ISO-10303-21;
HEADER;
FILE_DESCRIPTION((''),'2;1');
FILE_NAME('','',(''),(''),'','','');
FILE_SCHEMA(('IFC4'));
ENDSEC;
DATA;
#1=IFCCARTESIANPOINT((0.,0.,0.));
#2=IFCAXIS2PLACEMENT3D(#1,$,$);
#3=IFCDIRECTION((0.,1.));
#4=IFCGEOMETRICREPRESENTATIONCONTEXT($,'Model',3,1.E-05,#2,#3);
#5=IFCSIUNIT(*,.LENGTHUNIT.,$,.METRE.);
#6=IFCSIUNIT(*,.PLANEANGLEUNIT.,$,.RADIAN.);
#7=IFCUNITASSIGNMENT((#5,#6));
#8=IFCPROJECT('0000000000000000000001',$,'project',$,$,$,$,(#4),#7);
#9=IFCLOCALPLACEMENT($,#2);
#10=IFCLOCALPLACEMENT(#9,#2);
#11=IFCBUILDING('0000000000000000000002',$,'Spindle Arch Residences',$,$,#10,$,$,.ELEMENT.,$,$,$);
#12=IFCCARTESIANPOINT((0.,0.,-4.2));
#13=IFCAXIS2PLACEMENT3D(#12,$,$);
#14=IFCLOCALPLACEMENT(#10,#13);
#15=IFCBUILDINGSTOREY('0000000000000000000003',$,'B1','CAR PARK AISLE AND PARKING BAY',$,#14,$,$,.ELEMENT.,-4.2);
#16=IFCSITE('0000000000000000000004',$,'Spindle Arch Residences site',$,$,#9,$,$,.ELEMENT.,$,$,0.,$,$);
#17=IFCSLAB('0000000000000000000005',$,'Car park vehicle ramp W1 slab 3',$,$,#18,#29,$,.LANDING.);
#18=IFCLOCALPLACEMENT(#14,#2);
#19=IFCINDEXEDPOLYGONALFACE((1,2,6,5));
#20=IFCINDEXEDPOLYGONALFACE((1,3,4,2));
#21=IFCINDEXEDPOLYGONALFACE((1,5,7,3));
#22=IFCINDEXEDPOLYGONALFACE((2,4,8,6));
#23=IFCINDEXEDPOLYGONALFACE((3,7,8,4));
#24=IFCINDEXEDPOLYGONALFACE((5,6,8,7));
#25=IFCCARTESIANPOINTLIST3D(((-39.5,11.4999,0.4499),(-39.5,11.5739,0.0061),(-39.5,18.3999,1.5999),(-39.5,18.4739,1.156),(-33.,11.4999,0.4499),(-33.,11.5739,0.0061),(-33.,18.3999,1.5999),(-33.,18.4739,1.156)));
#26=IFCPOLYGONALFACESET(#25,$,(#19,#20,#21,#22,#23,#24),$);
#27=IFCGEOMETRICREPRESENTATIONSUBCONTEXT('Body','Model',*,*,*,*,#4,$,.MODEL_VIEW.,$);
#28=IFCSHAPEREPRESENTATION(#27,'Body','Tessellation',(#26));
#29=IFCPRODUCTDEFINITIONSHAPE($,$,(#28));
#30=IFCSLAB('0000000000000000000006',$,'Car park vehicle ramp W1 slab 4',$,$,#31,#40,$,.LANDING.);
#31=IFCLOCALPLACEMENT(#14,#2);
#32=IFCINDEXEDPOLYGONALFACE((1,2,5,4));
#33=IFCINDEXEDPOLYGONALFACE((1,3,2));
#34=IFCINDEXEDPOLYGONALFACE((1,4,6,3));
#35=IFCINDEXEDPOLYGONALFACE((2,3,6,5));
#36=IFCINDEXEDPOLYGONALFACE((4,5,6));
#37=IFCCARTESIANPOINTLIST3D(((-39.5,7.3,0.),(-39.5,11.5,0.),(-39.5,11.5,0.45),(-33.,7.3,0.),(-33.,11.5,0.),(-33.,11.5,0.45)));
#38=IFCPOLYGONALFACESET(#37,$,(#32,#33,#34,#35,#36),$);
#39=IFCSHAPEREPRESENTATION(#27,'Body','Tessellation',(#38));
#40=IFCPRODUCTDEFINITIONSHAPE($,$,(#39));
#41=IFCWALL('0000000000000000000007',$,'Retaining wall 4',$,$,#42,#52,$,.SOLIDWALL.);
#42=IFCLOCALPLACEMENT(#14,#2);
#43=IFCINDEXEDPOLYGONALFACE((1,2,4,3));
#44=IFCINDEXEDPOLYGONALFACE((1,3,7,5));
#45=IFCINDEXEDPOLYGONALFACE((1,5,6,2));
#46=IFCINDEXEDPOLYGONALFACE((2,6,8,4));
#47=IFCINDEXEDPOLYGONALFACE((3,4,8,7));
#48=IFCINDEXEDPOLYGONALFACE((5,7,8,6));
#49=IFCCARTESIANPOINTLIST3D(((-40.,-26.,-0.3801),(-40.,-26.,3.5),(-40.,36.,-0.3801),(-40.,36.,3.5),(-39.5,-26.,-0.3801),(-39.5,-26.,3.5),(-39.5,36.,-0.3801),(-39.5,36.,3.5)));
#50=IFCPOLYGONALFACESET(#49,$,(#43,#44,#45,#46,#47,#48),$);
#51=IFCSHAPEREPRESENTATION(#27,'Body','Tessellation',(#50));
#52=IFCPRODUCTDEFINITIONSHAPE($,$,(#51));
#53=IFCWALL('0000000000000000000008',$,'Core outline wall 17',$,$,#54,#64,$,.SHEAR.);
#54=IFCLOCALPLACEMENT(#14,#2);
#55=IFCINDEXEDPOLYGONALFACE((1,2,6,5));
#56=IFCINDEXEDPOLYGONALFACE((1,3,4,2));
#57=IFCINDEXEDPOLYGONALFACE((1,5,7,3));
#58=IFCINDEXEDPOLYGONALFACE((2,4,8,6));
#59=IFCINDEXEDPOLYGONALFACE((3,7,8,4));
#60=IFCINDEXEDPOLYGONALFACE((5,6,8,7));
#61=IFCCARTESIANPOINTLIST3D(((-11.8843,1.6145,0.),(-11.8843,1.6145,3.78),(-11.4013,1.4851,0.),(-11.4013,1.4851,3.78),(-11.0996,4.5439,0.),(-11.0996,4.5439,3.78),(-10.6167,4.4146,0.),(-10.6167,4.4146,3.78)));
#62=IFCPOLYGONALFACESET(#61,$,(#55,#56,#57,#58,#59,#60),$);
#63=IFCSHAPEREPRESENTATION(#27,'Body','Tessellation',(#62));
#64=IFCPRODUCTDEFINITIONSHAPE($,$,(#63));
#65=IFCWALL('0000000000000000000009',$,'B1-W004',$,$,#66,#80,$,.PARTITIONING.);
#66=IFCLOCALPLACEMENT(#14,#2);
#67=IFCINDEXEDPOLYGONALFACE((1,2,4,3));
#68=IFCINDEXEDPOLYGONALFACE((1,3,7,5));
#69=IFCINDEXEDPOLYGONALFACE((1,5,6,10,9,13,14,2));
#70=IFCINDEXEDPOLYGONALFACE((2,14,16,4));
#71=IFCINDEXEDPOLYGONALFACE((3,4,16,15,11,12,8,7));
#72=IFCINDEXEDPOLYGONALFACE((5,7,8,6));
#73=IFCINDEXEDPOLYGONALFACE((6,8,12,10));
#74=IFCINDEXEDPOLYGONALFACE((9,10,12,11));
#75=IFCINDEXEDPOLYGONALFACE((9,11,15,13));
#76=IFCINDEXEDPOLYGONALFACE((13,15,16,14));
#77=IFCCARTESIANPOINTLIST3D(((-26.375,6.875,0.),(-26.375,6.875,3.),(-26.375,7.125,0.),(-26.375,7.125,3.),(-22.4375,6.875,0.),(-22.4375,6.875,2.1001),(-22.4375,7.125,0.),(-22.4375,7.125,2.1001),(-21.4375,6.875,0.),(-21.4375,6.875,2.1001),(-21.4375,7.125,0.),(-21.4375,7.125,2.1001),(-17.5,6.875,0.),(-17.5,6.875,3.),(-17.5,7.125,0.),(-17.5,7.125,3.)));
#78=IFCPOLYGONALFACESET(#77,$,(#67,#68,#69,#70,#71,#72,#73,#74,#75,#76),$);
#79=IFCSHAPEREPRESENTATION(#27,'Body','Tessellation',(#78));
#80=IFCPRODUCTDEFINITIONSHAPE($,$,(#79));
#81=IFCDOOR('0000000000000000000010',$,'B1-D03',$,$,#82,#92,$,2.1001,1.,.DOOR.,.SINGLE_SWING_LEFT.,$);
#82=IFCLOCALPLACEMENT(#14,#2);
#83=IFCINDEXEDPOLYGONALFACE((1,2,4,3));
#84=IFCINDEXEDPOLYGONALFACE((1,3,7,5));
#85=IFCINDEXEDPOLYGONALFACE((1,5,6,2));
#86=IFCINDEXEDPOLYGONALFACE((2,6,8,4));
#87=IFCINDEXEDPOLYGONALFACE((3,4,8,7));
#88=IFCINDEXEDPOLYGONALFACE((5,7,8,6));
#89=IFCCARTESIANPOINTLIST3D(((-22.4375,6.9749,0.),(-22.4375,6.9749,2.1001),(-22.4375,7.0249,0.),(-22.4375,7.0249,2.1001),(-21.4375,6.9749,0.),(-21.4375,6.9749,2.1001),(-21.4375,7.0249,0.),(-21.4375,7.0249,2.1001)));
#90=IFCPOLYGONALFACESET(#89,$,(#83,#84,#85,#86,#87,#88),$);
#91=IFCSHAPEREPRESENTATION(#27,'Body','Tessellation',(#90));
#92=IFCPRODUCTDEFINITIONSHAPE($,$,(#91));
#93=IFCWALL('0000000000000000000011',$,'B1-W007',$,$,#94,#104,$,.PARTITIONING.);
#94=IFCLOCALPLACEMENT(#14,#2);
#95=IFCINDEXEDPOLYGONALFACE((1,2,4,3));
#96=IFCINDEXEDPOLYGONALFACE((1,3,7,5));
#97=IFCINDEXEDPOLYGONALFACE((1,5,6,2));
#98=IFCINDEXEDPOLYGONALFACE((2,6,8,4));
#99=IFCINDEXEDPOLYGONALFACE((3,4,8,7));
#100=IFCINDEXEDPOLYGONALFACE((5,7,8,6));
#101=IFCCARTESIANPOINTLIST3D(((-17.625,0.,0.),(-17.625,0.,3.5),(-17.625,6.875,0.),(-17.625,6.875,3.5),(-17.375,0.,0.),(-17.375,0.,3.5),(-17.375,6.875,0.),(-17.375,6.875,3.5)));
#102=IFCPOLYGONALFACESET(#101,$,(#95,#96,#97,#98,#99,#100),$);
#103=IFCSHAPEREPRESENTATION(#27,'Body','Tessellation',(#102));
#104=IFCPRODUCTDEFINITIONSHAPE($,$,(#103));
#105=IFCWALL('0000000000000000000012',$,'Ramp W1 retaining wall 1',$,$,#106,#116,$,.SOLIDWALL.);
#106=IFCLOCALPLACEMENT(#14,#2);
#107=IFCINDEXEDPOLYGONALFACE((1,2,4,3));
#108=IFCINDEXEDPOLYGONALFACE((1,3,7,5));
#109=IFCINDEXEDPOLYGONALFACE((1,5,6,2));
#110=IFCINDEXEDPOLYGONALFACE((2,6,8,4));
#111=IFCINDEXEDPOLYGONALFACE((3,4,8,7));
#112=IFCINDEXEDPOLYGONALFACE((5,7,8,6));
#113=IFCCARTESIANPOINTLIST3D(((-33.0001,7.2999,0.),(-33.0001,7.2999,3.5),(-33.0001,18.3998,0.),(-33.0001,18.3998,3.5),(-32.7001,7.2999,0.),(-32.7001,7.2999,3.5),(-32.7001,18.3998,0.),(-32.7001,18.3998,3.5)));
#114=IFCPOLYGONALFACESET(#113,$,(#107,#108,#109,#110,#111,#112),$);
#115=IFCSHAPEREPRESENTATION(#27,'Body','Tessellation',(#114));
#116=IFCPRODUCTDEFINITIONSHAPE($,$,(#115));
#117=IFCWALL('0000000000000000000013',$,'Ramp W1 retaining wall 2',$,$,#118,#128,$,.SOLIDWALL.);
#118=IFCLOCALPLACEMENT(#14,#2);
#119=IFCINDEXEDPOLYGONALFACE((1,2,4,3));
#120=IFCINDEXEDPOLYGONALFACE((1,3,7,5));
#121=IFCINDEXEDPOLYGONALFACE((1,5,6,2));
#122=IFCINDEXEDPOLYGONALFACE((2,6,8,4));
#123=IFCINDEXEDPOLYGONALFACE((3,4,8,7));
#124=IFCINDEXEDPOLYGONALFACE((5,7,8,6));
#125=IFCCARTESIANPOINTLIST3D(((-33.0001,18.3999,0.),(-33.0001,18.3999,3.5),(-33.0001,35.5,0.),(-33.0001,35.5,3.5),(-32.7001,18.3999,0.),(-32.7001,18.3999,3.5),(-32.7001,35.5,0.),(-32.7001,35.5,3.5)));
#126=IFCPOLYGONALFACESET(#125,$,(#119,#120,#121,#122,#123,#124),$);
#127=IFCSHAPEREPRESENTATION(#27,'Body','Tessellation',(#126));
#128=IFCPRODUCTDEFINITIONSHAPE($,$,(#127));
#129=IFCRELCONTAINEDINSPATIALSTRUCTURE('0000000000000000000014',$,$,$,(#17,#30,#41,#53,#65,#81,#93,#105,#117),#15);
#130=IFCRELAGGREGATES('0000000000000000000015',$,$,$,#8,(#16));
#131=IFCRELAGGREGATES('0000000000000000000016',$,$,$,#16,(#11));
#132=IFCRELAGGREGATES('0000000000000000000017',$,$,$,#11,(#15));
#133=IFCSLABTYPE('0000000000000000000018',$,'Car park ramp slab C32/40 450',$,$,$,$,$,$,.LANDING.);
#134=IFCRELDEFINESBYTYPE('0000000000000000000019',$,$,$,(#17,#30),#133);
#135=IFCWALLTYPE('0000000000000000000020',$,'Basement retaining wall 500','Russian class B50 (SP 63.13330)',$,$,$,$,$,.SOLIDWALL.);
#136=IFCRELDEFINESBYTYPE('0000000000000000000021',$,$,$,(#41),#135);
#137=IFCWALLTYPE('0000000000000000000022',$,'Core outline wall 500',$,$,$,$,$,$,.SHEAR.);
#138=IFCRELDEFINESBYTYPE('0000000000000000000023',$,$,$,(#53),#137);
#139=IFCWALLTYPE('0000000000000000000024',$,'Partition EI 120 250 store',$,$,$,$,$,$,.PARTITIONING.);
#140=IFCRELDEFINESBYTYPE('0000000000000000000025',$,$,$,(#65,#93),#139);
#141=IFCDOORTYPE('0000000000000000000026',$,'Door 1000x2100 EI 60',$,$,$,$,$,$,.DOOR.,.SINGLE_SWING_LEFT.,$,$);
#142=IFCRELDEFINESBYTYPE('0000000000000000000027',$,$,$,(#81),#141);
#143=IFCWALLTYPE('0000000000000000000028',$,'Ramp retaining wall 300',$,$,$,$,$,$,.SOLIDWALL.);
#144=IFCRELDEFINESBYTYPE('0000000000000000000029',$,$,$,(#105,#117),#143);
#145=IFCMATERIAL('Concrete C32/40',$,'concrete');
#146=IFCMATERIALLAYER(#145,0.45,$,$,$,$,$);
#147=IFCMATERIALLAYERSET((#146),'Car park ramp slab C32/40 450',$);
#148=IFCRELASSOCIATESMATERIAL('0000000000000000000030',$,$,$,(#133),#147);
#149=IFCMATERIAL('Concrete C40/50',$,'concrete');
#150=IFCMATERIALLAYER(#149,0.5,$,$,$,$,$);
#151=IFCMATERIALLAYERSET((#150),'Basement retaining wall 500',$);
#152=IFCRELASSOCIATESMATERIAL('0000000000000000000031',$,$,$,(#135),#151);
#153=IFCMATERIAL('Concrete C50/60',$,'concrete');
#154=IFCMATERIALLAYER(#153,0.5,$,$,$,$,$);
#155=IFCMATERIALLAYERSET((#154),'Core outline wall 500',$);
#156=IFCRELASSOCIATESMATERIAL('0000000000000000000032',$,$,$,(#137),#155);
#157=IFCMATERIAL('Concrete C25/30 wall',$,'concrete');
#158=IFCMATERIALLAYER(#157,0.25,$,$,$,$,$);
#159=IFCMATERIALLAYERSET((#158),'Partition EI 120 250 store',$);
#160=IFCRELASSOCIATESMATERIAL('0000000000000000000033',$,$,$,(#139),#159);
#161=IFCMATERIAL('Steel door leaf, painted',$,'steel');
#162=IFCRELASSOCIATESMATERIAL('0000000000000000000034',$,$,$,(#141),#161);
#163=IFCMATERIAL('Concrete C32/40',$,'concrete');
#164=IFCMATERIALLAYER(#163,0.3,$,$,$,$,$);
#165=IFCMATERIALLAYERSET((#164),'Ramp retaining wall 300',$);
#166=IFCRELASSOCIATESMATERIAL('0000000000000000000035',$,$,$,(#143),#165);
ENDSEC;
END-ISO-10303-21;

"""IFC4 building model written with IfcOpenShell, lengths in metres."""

from ifc_helpers import new_model, si_unit, direction, frame, frame_2d, origin, place, context, subcontext, project, spatial, polyline, rectangle, outline, extrude, material, layer, layer_set, type_object, element, fill, save


model = new_model("IFC4")

# Units and contexts
model_context = context("Model", 3, precision=1e-05, world=origin(), true_north=direction((0.0, 1.0)))
body_context = subcontext(model_context, "Body", "Model", "MODEL_VIEW")
ifc_project = project(units=[si_unit("LENGTHUNIT", "METRE"), si_unit("PLANEANGLEUNIT", "RADIAN")], contexts=[model_context])

# Site, building, storey
site_placement = place(None, origin())
site = spatial("IfcSite", under=ifc_project, at=site_placement, Name="Spindle Arch Residences site", CompositionType="ELEMENT", RefElevation=0.0)
building_placement = place(site_placement, origin())
building = spatial("IfcBuilding", under=site, at=building_placement, Name="Spindle Arch Residences", CompositionType="ELEMENT")
storey_placement = place(building_placement, frame((0.0, 0.0, -4.2)))
storey = spatial("IfcBuildingStorey", under=building, at=storey_placement, Name="B1", Description="CAR PARK AISLE AND PARKING BAY", CompositionType="ELEMENT", Elevation=-4.2)

# Slabs
ifc_material_1 = material(Name="Concrete C32/40", Category="concrete")
ifc_layer_1 = layer(ifc_material_1, 0.45)
ifc_layer_set_1 = layer_set([ifc_layer_1], Name="Car park ramp slab C32/40 450")
slab_type = type_object("IfcSlabType", Name="Car park ramp slab C32/40 450", PredefinedType="LANDING", material=ifc_layer_set_1)
slab_1_placement = place(storey_placement, frame((-39.5, 18.3999, 1.5999), z_axis=(0.0, -0.164388, 0.986396), x_axis=(1.0, 0.0, 0.0)))
element("IfcSlab", 1, at=slab_1_placement, inside=storey, type_object=slab_type, Name="Car park vehicle ramp W1 slab 3", PredefinedType="LANDING", context=body_context, shape_type="SweptSolid", body=[
    extrude(outline(polyline([(0.0, 0.0), (6.5, 0.0), (6.5, -6.9951), (0.0, -6.9951), (0.0, 0.0)])), origin(), (0.0, 0.0, -1.0), 0.45),
])
slab_2_placement = place(storey_placement, frame((-36.25, 11.5, 0.0), z_axis=(0.0, 0.0, 1.0), x_axis=(0.0, -1.0, 0.0)))
element("IfcSlab", 2, at=slab_2_placement, inside=storey, type_object=slab_type, Name="Car park vehicle ramp W1 slab 4", PredefinedType="LANDING", context=body_context, shape_type="SweptSolid", body=[
    extrude(outline(polyline([(0.0, 0.0), (4.2, 0.0), (4.2, 0.0), (0.0, 0.45), (0.0, 0.0)])), frame((0.0, 3.25, 0.0), z_axis=(0.0, -1.0, 0.0), x_axis=(1.0, 0.0, 0.0)), (0.0, 0.0, 1.0), 6.5),
])

# Walls
ifc_material_2 = material(Name="Concrete C40/50", Category="concrete")
ifc_layer_2 = layer(ifc_material_2, 0.5)
ifc_layer_set_2 = layer_set([ifc_layer_2], Name="Basement retaining wall 500")
wall_type_1 = type_object("IfcWallType", Name="Basement retaining wall 500", Description="Russian class B50 (SP 63.13330)", PredefinedType="SOLIDWALL", material=ifc_layer_set_2)
wall_1_placement = place(storey_placement, frame((-39.75, 36.0, -0.3801), z_axis=(0.0, 0.0, 1.0), x_axis=(0.0, -1.0, 0.0)))
element("IfcWall", 3, at=wall_1_placement, inside=storey, type_object=wall_type_1, Name="Retaining wall 4", PredefinedType="SOLIDWALL", context=body_context, shape_type="SweptSolid", body=[
    extrude(rectangle(XDim=62.0, YDim=0.5, at=frame_2d((31.0, 0.0))), origin(), (0.0, 0.0, 1.0), 3.8801),
])
ifc_material_3 = material(Name="Concrete C50/60", Category="concrete")
ifc_layer_3 = layer(ifc_material_3, 0.5)
ifc_layer_set_3 = layer_set([ifc_layer_3], Name="Core outline wall 500")
wall_type_2 = type_object("IfcWallType", Name="Core outline wall 500", PredefinedType="SHEAR", material=ifc_layer_set_3)
wall_2_placement = place(storey_placement, frame((-10.8582, 4.4792, 0.0), z_axis=(0.0, 0.0, 1.0), x_axis=(-0.258735, -0.965948, 0.0)))
element("IfcWall", 4, at=wall_2_placement, inside=storey, type_object=wall_type_2, Name="Core outline wall 17", PredefinedType="SHEAR", context=body_context, shape_type="SweptSolid", body=[
    extrude(rectangle(XDim=3.0327, YDim=0.5, at=frame_2d((1.5164, 0.0))), origin(), (0.0, 0.0, 1.0), 3.78),
])

# Wall, opening, door
ifc_material_4 = material(Name="Concrete C25/30 wall", Category="concrete")
ifc_layer_4 = layer(ifc_material_4, 0.25)
ifc_layer_set_4 = layer_set([ifc_layer_4], Name="Partition EI 120 250 store")
wall_type_3 = type_object("IfcWallType", Name="Partition EI 120 250 store", PredefinedType="PARTITIONING", material=ifc_layer_set_4)
wall_3_placement = place(storey_placement, frame((-26.375, 7.0, 0.0), z_axis=(0.0, 0.0, 1.0), x_axis=(1.0, 0.0, 0.0)))
wall_3 = element("IfcWall", 5, at=wall_3_placement, inside=storey, type_object=wall_type_3, Name="B1-W004", PredefinedType="PARTITIONING", context=body_context, shape_type="SweptSolid", body=[
    extrude(rectangle(XDim=8.875, YDim=0.25, at=frame_2d((4.4375, 0.0))), origin(), (0.0, 0.0, 1.0), 3.0),
])
opening_placement = place(wall_3_placement, frame((3.9375, 0.0, 0.0)))
opening = element("IfcOpeningElement", 6, at=opening_placement, cuts=wall_3, PredefinedType="OPENING", context=body_context, shape_type="SweptSolid", body=[
    extrude(rectangle(XDim=1.0, YDim=2.1001, at=frame_2d((0.5, 1.05))), frame((0.0, 0.135, 0.0), z_axis=(0.0, -1.0, 0.0), x_axis=(1.0, 0.0, 0.0)), (0.0, 0.0, 1.0), 0.27),
])
ifc_material_5 = material(Name="Steel door leaf, painted", Category="steel")
door_type = type_object("IfcDoorType", Name="Door 1000x2100 EI 60", OperationType="SINGLE_SWING_LEFT", PredefinedType="DOOR", material=ifc_material_5)
door_placement = place(opening_placement, origin())
door = element("IfcDoor", 7, at=door_placement, inside=storey, type_object=door_type, Name="B1-D03", OperationType="SINGLE_SWING_LEFT", OverallHeight=2.1001, OverallWidth=1.0, PredefinedType="DOOR", context=body_context, shape_type="SweptSolid", body=[
    extrude(rectangle(XDim=1.0, YDim=2.1001, at=frame_2d((0.5, 1.05))), frame((0.0, 0.0249, 0.0), z_axis=(0.0, -1.0, 0.0), x_axis=(1.0, 0.0, 0.0)), (0.0, 0.0, 1.0), 0.05),
])
fill(opening, door)

# Walls
wall_4_placement = place(storey_placement, frame((-17.5, 6.875, 0.0), z_axis=(0.0, 0.0, 1.0), x_axis=(0.0, -1.0, 0.0)))
element("IfcWall", 8, at=wall_4_placement, inside=storey, type_object=wall_type_3, Name="B1-W007", PredefinedType="PARTITIONING", context=body_context, shape_type="SweptSolid", body=[
    extrude(rectangle(XDim=6.875, YDim=0.25, at=frame_2d((3.4375, 0.0))), origin(), (0.0, 0.0, 1.0), 3.5),
])
ifc_material_6 = material(Name="Concrete C32/40", Category="concrete")
ifc_layer_5 = layer(ifc_material_6, 0.3)
ifc_layer_set_5 = layer_set([ifc_layer_5], Name="Ramp retaining wall 300")
wall_type_4 = type_object("IfcWallType", Name="Ramp retaining wall 300", PredefinedType="SOLIDWALL", material=ifc_layer_set_5)
wall_5_placement = place(storey_placement, frame((-32.8501, 7.3, 0.0), z_axis=(0.0, 0.0, 1.0), x_axis=(0.0, 1.0, 0.0)))
element("IfcWall", 9, at=wall_5_placement, inside=storey, type_object=wall_type_4, Name="Ramp W1 retaining wall 1", PredefinedType="SOLIDWALL", context=body_context, shape_type="SweptSolid", body=[
    extrude(rectangle(XDim=11.0999, YDim=0.3, at=frame_2d((5.5498, 0.0))), origin(), (0.0, 0.0, 1.0), 3.5),
])
wall_6_placement = place(storey_placement, frame((-32.8501, 18.3999, 0.0), z_axis=(0.0, 0.0, 1.0), x_axis=(0.0, 1.0, 0.0)))
element("IfcWall", 10, at=wall_6_placement, inside=storey, type_object=wall_type_4, Name="Ramp W1 retaining wall 2", PredefinedType="SOLIDWALL", context=body_context, shape_type="SweptSolid", body=[
    extrude(rectangle(XDim=17.1001, YDim=0.3, at=frame_2d((8.55, 0.0))), origin(), (0.0, 0.0, 1.0), 3.5),
])

save(model, "model.ifc")
